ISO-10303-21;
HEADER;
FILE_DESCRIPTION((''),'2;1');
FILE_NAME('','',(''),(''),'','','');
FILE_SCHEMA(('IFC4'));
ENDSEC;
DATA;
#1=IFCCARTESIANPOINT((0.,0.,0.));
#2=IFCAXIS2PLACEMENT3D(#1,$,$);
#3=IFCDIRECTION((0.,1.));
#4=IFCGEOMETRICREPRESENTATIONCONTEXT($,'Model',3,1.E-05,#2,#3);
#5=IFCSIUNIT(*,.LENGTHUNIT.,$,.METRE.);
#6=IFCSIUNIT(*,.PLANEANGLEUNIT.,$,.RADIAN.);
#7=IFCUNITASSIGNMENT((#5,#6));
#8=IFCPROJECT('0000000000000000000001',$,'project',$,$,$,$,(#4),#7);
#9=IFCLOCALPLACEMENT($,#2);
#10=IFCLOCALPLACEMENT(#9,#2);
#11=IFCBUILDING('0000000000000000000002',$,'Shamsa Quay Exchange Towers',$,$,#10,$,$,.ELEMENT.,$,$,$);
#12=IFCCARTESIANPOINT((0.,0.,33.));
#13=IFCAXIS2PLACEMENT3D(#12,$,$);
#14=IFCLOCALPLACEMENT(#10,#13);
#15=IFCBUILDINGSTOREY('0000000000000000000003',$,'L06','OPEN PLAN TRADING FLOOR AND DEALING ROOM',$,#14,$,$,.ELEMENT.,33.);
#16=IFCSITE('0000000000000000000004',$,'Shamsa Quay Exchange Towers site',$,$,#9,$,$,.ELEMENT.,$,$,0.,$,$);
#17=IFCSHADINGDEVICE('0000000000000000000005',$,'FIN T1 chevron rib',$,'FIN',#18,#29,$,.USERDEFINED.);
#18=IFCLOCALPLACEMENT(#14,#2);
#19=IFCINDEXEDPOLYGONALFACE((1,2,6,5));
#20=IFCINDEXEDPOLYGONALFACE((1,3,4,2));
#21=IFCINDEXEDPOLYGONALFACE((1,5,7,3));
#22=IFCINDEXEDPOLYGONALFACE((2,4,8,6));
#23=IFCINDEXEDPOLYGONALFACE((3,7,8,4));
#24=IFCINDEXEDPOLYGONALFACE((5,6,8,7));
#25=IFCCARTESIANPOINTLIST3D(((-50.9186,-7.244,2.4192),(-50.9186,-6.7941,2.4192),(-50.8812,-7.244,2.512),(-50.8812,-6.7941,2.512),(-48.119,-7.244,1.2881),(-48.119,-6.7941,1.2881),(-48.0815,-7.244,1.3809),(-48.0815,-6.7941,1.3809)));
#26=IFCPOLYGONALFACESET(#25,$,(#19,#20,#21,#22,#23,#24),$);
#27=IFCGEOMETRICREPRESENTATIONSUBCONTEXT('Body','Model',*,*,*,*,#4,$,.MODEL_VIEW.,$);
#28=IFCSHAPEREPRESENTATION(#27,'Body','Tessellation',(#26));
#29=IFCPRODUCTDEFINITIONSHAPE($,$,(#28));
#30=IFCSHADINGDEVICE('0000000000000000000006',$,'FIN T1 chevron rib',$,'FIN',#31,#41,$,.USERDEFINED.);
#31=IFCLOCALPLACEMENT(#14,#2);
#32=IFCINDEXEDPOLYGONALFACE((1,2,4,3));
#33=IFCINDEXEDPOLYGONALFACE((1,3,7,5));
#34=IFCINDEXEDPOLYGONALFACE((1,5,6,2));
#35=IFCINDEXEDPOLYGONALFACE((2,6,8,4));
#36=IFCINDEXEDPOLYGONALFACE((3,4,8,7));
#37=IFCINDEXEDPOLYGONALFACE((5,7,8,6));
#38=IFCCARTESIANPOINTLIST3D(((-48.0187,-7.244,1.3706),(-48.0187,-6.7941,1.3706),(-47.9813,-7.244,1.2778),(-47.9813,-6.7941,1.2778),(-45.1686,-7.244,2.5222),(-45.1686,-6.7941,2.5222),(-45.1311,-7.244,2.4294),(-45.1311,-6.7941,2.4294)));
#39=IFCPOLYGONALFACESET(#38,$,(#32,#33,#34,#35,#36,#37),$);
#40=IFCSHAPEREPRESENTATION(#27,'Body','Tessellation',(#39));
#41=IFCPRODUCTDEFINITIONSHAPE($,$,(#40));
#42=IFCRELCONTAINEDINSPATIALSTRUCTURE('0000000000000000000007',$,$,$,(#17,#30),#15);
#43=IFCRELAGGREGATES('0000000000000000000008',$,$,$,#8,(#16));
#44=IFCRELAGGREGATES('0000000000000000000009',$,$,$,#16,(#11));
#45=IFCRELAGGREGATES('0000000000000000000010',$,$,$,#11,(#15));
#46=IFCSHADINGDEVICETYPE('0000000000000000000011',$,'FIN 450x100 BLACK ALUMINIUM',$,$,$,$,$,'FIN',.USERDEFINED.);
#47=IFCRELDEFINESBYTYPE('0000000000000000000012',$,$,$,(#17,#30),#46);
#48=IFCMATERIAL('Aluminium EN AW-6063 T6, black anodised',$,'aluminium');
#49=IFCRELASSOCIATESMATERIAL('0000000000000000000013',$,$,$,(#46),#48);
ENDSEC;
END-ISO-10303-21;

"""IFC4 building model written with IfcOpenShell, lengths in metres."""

from ifc_helpers import new_model, si_unit, direction, frame, origin, origin_2d, place, context, subcontext, project, spatial, rectangle, extrude, material, material_profile, profile_set, type_object, element, save


model = new_model("IFC4")

# Units and contexts
model_context = context("Model", 3, precision=1e-05, world=origin(), true_north=direction((0.0, 1.0)))
body_context = subcontext(model_context, "Body", "Model", "MODEL_VIEW")
ifc_project = project(units=[si_unit("LENGTHUNIT", "METRE"), si_unit("PLANEANGLEUNIT", "RADIAN")], contexts=[model_context])

# Site, building, storey
site_placement = place(None, origin())
site = spatial("IfcSite", under=ifc_project, at=site_placement, Name="Shamsa Quay Exchange Towers site", CompositionType="ELEMENT", RefElevation=0.0)
building_placement = place(site_placement, origin())
building = spatial("IfcBuilding", under=site, at=building_placement, Name="Shamsa Quay Exchange Towers", CompositionType="ELEMENT")
storey_placement = place(building_placement, frame((0.0, 0.0, 33.0)))
storey = spatial("IfcBuildingStorey", under=building, at=storey_placement, Name="L06", Description="OPEN PLAN TRADING FLOOR AND DEALING ROOM", CompositionType="ELEMENT", Elevation=33.0)

# Shared definitions
ifc_material_1 = material(Name="Aluminium EN AW-6063 T6, black anodised", Category="aluminium")

# Shading devices
ifc_material_profile_1 = material_profile(ifc_material_1, rectangle(XDim=0.45, YDim=0.1001, at=origin_2d()), Name="FIN450x100")
ifc_profile_set_1 = profile_set([ifc_material_profile_1], Name="Aluminium EN AW-6063 T6, black anodised")
shading_device_type = type_object("IfcShadingDeviceType", Name="FIN 450x100 BLACK ALUMINIUM", ElementType="FIN", PredefinedType="USERDEFINED", material=ifc_profile_set_1)
shading_device_1_placement = place(storey_placement, frame((-50.8999, -7.019, 2.4656), z_axis=(0.927194, 0.0, -0.374581), x_axis=(0.0, 1.0, 0.0)))
element("IfcShadingDevice", 1, at=shading_device_1_placement, inside=storey, type_object=shading_device_type, Name="FIN T1 chevron rib", ObjectType="FIN", PredefinedType="USERDEFINED", context=body_context, shape_type="SweptSolid", body=[
    extrude(rectangle(XDim=0.45, YDim=0.1001, at=origin_2d()), origin(), (0.0, 0.0, 1.0), 3.0195),
])
shading_device_2_placement = place(storey_placement, frame((-48.0, -7.019, 1.3242), z_axis=(0.927173, 0.0, 0.374634), x_axis=(0.0, 1.0, 0.0)))
element("IfcShadingDevice", 2, at=shading_device_2_placement, inside=storey, type_object=shading_device_type, Name="FIN T1 chevron rib", ObjectType="FIN", PredefinedType="USERDEFINED", context=body_context, shape_type="SweptSolid", body=[
    extrude(rectangle(XDim=0.45, YDim=0.1001, at=origin_2d()), origin(), (0.0, 0.0, 1.0), 3.074),
])

save(model, "model.ifc")
